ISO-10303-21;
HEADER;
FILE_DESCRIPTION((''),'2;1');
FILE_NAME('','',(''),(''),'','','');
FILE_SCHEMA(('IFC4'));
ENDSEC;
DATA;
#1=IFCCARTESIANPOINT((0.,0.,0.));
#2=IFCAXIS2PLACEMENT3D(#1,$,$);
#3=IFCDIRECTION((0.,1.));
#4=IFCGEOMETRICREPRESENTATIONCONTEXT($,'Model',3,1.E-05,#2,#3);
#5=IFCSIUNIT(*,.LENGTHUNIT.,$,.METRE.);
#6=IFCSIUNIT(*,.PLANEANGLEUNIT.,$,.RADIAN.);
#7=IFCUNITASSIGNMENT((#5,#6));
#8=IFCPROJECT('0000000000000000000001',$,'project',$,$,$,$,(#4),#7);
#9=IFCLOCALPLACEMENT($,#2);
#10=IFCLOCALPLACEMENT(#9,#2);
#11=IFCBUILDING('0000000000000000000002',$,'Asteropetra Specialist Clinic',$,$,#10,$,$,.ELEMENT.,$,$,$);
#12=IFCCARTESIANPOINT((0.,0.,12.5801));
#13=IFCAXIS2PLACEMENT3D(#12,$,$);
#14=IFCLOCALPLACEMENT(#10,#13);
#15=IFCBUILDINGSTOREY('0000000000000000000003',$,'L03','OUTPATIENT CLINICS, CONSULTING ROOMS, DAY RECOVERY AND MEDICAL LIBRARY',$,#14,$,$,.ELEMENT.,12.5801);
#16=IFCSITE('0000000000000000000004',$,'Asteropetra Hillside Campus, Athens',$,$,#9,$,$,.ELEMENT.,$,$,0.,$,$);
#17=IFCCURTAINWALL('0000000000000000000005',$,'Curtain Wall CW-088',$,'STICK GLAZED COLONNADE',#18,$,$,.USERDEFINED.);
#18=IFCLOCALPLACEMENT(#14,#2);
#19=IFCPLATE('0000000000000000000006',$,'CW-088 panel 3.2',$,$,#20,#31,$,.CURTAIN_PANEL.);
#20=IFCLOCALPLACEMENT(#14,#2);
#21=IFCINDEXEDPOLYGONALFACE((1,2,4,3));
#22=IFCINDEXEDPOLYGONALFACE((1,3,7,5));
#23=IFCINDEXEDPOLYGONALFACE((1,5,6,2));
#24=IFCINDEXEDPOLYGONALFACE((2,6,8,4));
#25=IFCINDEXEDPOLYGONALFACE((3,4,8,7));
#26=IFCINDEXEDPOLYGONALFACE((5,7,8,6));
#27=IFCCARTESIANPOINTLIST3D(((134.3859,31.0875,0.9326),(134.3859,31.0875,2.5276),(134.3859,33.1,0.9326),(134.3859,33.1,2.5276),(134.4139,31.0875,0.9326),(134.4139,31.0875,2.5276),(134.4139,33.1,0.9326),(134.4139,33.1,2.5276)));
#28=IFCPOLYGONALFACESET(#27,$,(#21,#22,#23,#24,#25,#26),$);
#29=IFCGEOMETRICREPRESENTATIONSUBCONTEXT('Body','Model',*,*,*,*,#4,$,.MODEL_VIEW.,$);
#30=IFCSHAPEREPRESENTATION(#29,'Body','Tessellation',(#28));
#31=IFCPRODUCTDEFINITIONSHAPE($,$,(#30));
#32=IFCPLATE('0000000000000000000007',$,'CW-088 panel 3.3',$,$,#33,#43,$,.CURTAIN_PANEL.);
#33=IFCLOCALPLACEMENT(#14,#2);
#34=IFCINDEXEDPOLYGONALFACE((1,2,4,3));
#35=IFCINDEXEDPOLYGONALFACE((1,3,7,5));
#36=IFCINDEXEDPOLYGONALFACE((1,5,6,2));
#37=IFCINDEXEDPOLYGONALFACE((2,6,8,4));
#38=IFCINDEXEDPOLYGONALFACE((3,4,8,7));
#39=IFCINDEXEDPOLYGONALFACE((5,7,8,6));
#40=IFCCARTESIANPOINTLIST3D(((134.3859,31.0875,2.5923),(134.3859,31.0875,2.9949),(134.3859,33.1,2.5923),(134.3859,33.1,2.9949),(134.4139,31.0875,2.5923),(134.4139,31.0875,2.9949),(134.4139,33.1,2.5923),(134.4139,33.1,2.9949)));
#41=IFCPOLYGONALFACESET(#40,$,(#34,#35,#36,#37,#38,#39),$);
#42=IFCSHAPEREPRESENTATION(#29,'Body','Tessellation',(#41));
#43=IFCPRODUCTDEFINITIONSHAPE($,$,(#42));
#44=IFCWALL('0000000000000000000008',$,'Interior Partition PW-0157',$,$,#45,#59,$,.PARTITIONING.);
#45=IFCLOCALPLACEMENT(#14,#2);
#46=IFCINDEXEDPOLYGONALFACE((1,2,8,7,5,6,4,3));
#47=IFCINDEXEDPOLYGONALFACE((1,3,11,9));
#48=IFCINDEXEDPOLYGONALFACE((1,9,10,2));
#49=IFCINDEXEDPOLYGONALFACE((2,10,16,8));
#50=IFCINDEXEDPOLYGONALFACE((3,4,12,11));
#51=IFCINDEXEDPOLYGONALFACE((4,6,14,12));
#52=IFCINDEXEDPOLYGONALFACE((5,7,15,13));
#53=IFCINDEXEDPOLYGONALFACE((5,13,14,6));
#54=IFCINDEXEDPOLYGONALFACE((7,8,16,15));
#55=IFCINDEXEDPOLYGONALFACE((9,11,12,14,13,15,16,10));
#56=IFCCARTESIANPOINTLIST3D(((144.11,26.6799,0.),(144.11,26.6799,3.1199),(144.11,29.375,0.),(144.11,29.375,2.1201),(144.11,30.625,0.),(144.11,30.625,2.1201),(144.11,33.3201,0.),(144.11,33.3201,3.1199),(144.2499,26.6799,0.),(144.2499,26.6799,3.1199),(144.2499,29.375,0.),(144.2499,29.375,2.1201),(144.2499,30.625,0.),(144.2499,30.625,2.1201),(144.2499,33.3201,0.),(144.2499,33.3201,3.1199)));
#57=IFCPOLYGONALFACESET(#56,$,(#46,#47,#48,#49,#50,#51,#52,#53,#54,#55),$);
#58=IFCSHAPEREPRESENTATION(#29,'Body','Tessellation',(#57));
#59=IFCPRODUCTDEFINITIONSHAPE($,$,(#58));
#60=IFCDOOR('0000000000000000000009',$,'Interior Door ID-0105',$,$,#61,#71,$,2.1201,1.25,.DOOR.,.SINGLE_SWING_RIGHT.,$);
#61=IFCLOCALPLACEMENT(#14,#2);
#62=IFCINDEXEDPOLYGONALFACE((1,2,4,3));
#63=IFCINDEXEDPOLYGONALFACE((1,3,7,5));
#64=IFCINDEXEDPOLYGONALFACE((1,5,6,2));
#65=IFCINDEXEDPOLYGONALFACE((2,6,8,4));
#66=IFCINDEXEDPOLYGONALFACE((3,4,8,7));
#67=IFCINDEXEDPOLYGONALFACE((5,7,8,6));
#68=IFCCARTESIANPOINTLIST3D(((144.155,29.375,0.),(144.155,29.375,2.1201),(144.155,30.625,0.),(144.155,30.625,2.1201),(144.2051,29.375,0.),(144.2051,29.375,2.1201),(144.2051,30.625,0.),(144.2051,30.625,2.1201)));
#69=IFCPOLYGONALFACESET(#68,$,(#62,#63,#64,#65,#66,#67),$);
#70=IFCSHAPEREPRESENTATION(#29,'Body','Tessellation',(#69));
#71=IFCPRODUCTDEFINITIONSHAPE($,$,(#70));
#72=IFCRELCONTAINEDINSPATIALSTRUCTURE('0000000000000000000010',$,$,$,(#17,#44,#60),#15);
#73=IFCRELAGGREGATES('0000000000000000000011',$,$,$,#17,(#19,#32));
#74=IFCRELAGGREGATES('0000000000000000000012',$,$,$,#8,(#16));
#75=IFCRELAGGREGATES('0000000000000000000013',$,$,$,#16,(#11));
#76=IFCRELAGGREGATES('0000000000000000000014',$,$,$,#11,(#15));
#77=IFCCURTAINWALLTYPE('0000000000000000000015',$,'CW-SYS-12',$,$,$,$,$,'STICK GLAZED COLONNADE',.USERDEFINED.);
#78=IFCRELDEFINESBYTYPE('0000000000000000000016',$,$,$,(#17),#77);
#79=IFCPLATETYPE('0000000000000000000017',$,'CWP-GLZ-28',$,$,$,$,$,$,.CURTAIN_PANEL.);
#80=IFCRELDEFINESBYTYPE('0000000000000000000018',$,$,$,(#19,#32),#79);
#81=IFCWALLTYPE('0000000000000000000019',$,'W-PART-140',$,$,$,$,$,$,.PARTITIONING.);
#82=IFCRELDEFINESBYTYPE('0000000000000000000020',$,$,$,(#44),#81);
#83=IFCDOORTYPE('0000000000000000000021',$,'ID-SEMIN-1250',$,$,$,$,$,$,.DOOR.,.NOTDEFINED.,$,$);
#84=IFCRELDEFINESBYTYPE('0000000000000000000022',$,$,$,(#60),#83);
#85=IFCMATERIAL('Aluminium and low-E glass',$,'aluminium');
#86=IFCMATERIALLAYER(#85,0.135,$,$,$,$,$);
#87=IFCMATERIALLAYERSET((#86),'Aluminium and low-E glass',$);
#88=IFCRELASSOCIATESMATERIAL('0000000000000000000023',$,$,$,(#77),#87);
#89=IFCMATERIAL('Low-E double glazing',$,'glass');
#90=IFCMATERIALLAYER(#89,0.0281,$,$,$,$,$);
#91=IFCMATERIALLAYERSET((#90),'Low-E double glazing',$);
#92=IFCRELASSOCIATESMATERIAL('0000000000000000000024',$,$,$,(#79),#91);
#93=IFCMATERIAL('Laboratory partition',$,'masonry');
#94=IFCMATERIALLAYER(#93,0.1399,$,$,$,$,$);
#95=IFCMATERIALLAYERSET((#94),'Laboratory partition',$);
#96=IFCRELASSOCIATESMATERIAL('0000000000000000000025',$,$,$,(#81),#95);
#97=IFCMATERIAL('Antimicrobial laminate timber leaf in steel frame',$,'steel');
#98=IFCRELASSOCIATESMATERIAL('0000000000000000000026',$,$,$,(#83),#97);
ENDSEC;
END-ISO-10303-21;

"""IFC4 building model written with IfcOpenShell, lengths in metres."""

from ifc_helpers import new_model, si_unit, direction, frame, frame_2d, origin, origin_2d, place, context, subcontext, project, spatial, rectangle, extrude, material, layer, layer_set, type_object, element, fill, aggregate, save


model = new_model("IFC4")

# Units and contexts
model_context = context("Model", 3, precision=1e-05, world=origin(), true_north=direction((0.0, 1.0)))
body_context = subcontext(model_context, "Body", "Model", "MODEL_VIEW")
ifc_project = project(units=[si_unit("LENGTHUNIT", "METRE"), si_unit("PLANEANGLEUNIT", "RADIAN")], contexts=[model_context])

# Site, building, storey
site_placement = place(None, origin())
site = spatial("IfcSite", under=ifc_project, at=site_placement, Name="Asteropetra Hillside Campus, Athens", CompositionType="ELEMENT", RefElevation=0.0)
building_placement = place(site_placement, origin())
building = spatial("IfcBuilding", under=site, at=building_placement, Name="Asteropetra Specialist Clinic", CompositionType="ELEMENT")
storey_placement = place(building_placement, frame((0.0, 0.0, 12.5801)))
storey = spatial("IfcBuildingStorey", under=building, at=storey_placement, Name="L03", Description="OUTPATIENT CLINICS, CONSULTING ROOMS, DAY RECOVERY AND MEDICAL LIBRARY", CompositionType="ELEMENT", Elevation=12.5801)

# Curtain wall
ifc_material_1 = material(Name="Aluminium and low-E glass", Category="aluminium")
ifc_layer_1 = layer(ifc_material_1, 0.135)
ifc_layer_set_1 = layer_set([ifc_layer_1], Name="Aluminium and low-E glass")
curtain_wall_type = type_object("IfcCurtainWallType", Name="CW-SYS-12", ElementType="STICK GLAZED COLONNADE", PredefinedType="USERDEFINED", material=ifc_layer_set_1)
curtain_wall_placement = place(storey_placement, origin())
curtain_wall = element("IfcCurtainWall", 1, at=curtain_wall_placement, inside=storey, type_object=curtain_wall_type, Name="Curtain Wall CW-088", ObjectType="STICK GLAZED COLONNADE", PredefinedType="USERDEFINED")

# Plates
ifc_material_2 = material(Name="Low-E double glazing", Category="glass")
ifc_layer_2 = layer(ifc_material_2, 0.0281)
ifc_layer_set_2 = layer_set([ifc_layer_2], Name="Low-E double glazing")
plate_type = type_object("IfcPlateType", Name="CWP-GLZ-28", PredefinedType="CURTAIN_PANEL", material=ifc_layer_set_2)
plate_1_placement = place(storey_placement, frame((134.3999, 32.0938, 0.9326), z_axis=(0.0, 0.0, 1.0), x_axis=(0.0, 1.0, 0.0)))
plate_1 = element("IfcPlate", 2, at=plate_1_placement, type_object=plate_type, Name="CW-088 panel 3.2", PredefinedType="CURTAIN_PANEL", context=body_context, shape_type="SweptSolid", body=[
    extrude(rectangle(XDim=2.0125, YDim=0.0281, at=origin_2d()), origin(), (0.0, 0.0, 1.0), 1.595),
])
plate_2_placement = place(storey_placement, frame((134.3999, 32.0938, 2.5923), z_axis=(0.0, 0.0, 1.0), x_axis=(0.0, 1.0, 0.0)))
plate_2 = element("IfcPlate", 3, at=plate_2_placement, type_object=plate_type, Name="CW-088 panel 3.3", PredefinedType="CURTAIN_PANEL", context=body_context, shape_type="SweptSolid", body=[
    extrude(rectangle(XDim=2.0125, YDim=0.0281, at=origin_2d()), origin(), (0.0, 0.0, 1.0), 0.4026),
])
aggregate(curtain_wall, [plate_1, plate_2])

# Wall, opening, door
ifc_material_3 = material(Name="Laboratory partition", Category="masonry")
ifc_layer_3 = layer(ifc_material_3, 0.1399)
ifc_layer_set_3 = layer_set([ifc_layer_3], Name="Laboratory partition")
wall_type = type_object("IfcWallType", Name="W-PART-140", PredefinedType="PARTITIONING", material=ifc_layer_set_3)
wall_placement = place(storey_placement, frame((144.1799, 26.6799, 0.0), z_axis=(0.0, 0.0, 1.0), x_axis=(0.0, 1.0, 0.0)))
wall = element("IfcWall", 4, at=wall_placement, inside=storey, type_object=wall_type, Name="Interior Partition PW-0157", PredefinedType="PARTITIONING", context=body_context, shape_type="SweptSolid", body=[
    extrude(rectangle(XDim=6.6401, YDim=0.1399, at=frame_2d((3.3201, 0.0))), origin(), (0.0, 0.0, 1.0), 3.1199),
])
opening_placement = place(wall_placement, frame((2.6951, 0.0, 0.0)))
opening = element("IfcOpeningElement", 5, at=opening_placement, cuts=wall, PredefinedType="OPENING", context=body_context, shape_type="SweptSolid", body=[
    extrude(rectangle(XDim=1.25, YDim=2.1201, at=frame_2d((0.625, 1.0601))), frame((0.0, 0.0798, 0.0), z_axis=(0.0, -1.0, 0.0), x_axis=(1.0, 0.0, 0.0)), (0.0, 0.0, 1.0), 0.1599),
])
ifc_material_4 = material(Name="Antimicrobial laminate timber leaf in steel frame", Category="steel")
door_type = type_object("IfcDoorType", Name="ID-SEMIN-1250", OperationType="NOTDEFINED", PredefinedType="DOOR", material=ifc_material_4)
door_placement = place(opening_placement, origin())
door = element("IfcDoor", 6, at=door_placement, inside=storey, type_object=door_type, Name="Interior Door ID-0105", OperationType="SINGLE_SWING_RIGHT", OverallHeight=2.1201, OverallWidth=1.25, PredefinedType="DOOR", context=body_context, shape_type="SweptSolid", body=[
    extrude(rectangle(XDim=1.25, YDim=2.1201, at=frame_2d((0.625, 1.0601))), frame((0.0, 0.0249, 0.0), z_axis=(0.0, -1.0, 0.0), x_axis=(1.0, 0.0, 0.0)), (0.0, 0.0, 1.0), 0.05),
])
fill(opening, door)

save(model, "model.ifc")
